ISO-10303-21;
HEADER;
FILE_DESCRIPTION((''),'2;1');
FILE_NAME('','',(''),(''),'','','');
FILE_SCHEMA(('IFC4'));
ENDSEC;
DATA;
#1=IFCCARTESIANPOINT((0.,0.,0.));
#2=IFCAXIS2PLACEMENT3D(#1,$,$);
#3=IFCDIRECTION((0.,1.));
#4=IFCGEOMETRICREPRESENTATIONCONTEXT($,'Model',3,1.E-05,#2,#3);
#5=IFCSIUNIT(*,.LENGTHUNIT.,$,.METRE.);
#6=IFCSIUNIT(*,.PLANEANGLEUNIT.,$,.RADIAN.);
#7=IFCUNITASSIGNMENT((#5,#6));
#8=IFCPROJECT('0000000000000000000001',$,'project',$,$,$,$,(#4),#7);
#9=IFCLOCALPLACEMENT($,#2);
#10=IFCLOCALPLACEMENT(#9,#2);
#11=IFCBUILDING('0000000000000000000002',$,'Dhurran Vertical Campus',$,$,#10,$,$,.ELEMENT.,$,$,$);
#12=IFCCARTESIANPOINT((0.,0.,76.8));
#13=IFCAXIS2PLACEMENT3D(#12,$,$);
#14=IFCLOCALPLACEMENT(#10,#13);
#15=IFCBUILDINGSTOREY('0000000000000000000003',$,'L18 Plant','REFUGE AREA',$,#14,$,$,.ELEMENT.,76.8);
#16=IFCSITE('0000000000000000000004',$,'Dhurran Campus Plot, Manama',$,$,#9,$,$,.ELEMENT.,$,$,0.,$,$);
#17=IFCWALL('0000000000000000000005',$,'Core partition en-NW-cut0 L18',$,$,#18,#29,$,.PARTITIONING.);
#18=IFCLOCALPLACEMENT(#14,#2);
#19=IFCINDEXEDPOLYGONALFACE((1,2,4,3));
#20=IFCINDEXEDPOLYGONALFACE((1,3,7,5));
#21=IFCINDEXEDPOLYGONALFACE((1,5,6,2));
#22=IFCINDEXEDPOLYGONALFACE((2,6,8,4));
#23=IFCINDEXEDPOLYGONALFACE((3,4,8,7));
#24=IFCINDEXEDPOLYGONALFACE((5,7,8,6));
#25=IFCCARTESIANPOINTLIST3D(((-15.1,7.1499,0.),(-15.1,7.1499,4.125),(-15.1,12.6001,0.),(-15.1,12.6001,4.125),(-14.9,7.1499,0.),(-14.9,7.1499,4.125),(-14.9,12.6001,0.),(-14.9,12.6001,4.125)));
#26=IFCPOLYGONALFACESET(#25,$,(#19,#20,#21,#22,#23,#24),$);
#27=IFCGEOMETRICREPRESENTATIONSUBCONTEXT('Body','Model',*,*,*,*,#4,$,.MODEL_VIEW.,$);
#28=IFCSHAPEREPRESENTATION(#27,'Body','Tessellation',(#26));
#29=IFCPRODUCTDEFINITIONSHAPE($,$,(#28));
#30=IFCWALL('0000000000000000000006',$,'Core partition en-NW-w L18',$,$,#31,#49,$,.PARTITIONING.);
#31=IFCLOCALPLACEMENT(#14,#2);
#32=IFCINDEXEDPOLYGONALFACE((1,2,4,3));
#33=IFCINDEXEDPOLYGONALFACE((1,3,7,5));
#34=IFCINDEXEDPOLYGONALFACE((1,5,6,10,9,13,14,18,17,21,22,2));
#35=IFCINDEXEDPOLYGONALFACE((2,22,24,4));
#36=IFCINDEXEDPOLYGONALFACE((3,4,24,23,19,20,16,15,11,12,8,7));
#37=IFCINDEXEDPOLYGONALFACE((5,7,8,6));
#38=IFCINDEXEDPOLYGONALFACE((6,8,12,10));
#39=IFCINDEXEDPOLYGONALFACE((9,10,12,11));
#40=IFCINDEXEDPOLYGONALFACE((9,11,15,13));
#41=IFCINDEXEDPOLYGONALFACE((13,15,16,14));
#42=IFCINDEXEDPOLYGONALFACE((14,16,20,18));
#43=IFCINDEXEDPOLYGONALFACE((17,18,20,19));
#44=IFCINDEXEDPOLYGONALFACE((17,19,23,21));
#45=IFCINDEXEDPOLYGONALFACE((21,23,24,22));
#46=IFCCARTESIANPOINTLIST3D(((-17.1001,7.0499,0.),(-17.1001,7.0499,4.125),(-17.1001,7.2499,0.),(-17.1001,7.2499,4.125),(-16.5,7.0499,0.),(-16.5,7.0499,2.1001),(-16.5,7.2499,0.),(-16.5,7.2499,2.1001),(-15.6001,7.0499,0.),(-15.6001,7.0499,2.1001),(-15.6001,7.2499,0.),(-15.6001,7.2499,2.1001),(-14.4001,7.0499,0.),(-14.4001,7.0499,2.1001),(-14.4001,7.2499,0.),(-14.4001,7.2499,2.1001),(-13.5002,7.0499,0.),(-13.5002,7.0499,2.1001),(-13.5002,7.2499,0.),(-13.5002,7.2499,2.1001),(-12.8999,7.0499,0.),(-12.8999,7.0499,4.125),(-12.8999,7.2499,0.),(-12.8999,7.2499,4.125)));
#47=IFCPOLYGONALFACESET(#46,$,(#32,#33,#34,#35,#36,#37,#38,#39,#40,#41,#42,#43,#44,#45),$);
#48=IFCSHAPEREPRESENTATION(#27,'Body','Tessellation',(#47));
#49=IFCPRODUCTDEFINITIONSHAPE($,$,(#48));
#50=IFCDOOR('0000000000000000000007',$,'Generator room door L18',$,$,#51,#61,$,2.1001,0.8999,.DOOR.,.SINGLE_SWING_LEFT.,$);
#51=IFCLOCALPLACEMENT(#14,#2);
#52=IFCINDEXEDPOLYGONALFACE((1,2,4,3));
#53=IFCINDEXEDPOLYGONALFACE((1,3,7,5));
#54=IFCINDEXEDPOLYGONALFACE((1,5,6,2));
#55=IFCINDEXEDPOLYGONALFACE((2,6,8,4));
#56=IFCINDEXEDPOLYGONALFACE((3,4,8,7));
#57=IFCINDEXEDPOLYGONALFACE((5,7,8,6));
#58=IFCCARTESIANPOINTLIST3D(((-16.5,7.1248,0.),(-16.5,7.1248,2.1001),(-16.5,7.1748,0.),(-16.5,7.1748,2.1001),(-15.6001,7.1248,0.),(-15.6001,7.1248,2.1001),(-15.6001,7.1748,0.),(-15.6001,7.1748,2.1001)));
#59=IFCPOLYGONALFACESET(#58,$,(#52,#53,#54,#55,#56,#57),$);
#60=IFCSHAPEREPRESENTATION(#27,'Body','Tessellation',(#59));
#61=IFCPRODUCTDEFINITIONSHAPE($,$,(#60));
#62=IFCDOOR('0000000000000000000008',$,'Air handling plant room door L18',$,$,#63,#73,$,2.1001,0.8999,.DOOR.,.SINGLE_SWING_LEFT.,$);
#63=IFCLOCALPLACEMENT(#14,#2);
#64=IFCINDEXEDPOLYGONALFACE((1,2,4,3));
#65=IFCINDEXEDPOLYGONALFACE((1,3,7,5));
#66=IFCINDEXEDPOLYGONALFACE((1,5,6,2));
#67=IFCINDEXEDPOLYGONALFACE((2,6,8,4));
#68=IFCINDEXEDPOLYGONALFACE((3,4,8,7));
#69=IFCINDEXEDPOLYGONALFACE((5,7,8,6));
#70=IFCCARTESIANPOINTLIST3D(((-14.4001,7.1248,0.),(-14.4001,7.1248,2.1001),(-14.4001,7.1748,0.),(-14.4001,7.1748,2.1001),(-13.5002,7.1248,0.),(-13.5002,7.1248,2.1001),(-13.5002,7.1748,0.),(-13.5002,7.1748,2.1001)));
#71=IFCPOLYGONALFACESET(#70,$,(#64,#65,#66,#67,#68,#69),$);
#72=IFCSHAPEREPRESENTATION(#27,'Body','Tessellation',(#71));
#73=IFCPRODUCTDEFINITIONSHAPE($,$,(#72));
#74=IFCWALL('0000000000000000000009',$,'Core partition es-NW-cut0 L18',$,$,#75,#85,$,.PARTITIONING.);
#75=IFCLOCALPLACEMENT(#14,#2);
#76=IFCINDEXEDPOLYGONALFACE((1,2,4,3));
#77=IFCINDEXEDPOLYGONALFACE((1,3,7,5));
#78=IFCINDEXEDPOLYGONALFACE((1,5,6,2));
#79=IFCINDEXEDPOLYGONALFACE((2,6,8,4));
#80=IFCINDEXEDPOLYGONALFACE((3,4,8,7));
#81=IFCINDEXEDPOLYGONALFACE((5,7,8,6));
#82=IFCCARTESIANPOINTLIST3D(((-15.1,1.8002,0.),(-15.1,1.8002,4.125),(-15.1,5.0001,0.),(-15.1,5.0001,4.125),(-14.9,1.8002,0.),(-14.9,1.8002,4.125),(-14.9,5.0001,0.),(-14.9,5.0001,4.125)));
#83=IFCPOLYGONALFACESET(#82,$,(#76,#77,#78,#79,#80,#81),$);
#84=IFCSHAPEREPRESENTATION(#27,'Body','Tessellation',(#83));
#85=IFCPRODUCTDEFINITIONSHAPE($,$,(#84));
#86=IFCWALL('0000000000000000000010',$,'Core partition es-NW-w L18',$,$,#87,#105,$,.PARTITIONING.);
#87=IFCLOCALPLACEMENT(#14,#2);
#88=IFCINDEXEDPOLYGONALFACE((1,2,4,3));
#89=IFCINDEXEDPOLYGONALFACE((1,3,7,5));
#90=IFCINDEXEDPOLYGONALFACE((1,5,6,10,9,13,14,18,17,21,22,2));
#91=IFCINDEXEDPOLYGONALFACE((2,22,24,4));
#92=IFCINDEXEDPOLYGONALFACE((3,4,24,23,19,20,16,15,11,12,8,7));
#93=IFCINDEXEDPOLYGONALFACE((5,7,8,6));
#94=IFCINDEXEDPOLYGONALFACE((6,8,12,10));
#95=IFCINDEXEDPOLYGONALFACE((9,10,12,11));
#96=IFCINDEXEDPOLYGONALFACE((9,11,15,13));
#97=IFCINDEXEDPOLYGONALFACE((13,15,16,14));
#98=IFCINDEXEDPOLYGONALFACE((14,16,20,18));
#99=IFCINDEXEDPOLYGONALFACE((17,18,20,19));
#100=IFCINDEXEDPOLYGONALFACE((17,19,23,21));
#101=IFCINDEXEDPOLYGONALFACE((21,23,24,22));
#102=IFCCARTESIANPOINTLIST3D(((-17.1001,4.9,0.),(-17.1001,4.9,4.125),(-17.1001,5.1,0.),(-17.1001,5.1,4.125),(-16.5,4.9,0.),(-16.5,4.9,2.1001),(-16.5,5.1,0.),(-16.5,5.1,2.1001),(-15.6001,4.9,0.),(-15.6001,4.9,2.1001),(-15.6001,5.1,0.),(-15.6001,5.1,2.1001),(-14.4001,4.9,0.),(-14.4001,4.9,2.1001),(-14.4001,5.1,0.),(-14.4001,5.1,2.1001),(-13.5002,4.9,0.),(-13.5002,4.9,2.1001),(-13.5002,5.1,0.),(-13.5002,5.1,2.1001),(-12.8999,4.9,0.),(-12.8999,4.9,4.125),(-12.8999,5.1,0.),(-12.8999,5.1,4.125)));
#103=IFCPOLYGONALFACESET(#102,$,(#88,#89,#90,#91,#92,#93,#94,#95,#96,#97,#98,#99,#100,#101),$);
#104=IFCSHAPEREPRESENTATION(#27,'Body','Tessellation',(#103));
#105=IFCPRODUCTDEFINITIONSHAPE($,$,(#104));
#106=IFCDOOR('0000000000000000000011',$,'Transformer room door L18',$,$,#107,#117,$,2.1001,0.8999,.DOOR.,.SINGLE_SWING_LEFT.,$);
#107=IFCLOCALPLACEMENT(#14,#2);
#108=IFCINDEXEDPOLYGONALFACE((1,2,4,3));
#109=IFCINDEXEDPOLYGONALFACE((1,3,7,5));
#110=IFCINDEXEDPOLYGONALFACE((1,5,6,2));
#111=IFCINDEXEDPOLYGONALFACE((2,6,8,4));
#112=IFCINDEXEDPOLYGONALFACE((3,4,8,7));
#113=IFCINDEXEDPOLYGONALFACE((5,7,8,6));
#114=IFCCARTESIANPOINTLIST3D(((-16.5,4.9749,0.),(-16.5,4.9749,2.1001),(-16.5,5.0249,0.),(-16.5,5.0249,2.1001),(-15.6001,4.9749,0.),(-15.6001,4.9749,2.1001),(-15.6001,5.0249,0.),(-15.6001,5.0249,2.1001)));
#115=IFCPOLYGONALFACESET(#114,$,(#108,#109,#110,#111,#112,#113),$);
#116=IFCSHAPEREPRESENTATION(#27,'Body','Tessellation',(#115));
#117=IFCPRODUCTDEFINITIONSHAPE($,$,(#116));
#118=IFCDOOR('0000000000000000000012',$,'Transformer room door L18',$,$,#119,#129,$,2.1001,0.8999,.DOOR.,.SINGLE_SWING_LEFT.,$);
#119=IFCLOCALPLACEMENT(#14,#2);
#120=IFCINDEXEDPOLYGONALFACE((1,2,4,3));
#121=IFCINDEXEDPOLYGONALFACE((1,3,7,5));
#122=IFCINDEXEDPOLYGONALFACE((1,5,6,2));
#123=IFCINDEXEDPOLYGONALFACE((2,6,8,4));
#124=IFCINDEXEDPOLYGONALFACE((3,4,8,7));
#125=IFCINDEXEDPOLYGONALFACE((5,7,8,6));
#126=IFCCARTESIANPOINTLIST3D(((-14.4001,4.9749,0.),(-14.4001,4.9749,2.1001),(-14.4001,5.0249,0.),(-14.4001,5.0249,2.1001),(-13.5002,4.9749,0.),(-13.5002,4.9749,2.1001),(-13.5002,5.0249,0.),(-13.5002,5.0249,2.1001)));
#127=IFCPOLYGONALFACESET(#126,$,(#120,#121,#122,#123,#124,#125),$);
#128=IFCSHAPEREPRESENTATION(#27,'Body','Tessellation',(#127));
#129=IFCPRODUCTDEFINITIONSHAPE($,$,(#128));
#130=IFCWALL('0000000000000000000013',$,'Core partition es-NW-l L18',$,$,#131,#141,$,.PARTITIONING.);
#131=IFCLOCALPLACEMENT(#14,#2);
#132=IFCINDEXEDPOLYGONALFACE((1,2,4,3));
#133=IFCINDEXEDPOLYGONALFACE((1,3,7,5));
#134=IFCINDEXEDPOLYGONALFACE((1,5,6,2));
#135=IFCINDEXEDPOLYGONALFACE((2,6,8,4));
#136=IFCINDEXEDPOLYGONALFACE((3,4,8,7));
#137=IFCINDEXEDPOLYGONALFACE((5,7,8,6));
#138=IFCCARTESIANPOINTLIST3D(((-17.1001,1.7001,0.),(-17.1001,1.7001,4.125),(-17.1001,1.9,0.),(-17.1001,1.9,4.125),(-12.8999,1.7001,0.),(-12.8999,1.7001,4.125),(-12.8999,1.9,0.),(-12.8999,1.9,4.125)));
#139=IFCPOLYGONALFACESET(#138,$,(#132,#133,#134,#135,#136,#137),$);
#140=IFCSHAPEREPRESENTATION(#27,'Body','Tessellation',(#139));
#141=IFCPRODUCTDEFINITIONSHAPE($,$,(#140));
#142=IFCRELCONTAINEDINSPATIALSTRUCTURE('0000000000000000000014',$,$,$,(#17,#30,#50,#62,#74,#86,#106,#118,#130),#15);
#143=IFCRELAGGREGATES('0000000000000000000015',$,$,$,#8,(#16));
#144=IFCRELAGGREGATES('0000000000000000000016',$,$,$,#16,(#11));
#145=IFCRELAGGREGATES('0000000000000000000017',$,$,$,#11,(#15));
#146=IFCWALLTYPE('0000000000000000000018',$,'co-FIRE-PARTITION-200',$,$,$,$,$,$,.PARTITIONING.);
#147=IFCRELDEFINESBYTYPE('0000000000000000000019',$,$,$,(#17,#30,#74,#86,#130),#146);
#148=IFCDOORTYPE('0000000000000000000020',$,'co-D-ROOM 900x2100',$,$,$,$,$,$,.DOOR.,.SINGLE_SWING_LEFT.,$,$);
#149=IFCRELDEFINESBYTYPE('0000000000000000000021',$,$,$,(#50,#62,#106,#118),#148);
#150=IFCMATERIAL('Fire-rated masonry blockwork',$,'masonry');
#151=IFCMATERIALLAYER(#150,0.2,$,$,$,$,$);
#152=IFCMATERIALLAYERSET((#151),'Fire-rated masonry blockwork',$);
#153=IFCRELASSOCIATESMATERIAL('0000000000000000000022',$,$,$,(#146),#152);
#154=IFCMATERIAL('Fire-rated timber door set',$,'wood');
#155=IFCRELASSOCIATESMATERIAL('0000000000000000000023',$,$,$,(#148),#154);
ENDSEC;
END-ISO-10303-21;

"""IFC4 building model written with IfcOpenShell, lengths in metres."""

from ifc_helpers import new_model, si_unit, direction, frame, frame_2d, origin, place, context, subcontext, project, spatial, rectangle, extrude, material, layer, layer_set, type_object, element, fill, save


model = new_model("IFC4")

# Units and contexts
model_context = context("Model", 3, precision=1e-05, world=origin(), true_north=direction((0.0, 1.0)))
body_context = subcontext(model_context, "Body", "Model", "MODEL_VIEW")
ifc_project = project(units=[si_unit("LENGTHUNIT", "METRE"), si_unit("PLANEANGLEUNIT", "RADIAN")], contexts=[model_context])

# Site, building, storey
site_placement = place(None, origin())
site = spatial("IfcSite", under=ifc_project, at=site_placement, Name="Dhurran Campus Plot, Manama", CompositionType="ELEMENT", RefElevation=0.0)
building_placement = place(site_placement, origin())
building = spatial("IfcBuilding", under=site, at=building_placement, Name="Dhurran Vertical Campus", CompositionType="ELEMENT")
storey_placement = place(building_placement, frame((0.0, 0.0, 76.8)))
storey = spatial("IfcBuildingStorey", under=building, at=storey_placement, Name="L18 Plant", Description="REFUGE AREA", CompositionType="ELEMENT", Elevation=76.8)

# Wall
ifc_material_1 = material(Name="Fire-rated masonry blockwork", Category="masonry")
ifc_layer_1 = layer(ifc_material_1, 0.2)
ifc_layer_set_1 = layer_set([ifc_layer_1], Name="Fire-rated masonry blockwork")
wall_type_1 = type_object("IfcWallType", Name="co-FIRE-PARTITION-200", PredefinedType="PARTITIONING", material=ifc_layer_set_1)
wall_1_placement = place(storey_placement, frame((-15.0, 7.1499, 0.0), z_axis=(0.0, 0.0, 1.0), x_axis=(0.0, 1.0, 0.0)))
element("IfcWall", 1, at=wall_1_placement, inside=storey, type_object=wall_type_1, Name="Core partition en-NW-cut0 L18", PredefinedType="PARTITIONING", context=body_context, shape_type="SweptSolid", body=[
    extrude(rectangle(XDim=5.4502, YDim=0.2, at=frame_2d((2.7251, 0.0))), origin(), (0.0, 0.0, 1.0), 4.125),
])

# Wall, openings, doors
wall_2_placement = place(storey_placement, frame((-17.1001, 7.1499, 0.0), z_axis=(0.0, 0.0, 1.0), x_axis=(1.0, 0.0, 0.0)))
wall_2 = element("IfcWall", 2, at=wall_2_placement, inside=storey, type_object=wall_type_1, Name="Core partition en-NW-w L18", PredefinedType="PARTITIONING", context=body_context, shape_type="SweptSolid", body=[
    extrude(rectangle(XDim=4.2002, YDim=0.2, at=frame_2d((2.1001, 0.0))), origin(), (0.0, 0.0, 1.0), 4.125),
])
opening_1_placement = place(wall_2_placement, frame((0.6001, 0.0, 0.0)))
opening_1 = element("IfcOpeningElement", 3, at=opening_1_placement, cuts=wall_2, PredefinedType="OPENING", context=body_context, shape_type="SweptSolid", body=[
    extrude(rectangle(XDim=0.8999, YDim=2.1001, at=frame_2d((0.45, 1.05))), frame((0.0, 0.1099, 0.0), z_axis=(0.0, -1.0, 0.0), x_axis=(1.0, 0.0, 0.0)), (0.0, 0.0, 1.0), 0.22),
])
opening_2_placement = place(wall_2_placement, frame((2.7, 0.0, 0.0)))
opening_2 = element("IfcOpeningElement", 4, at=opening_2_placement, cuts=wall_2, PredefinedType="OPENING", context=body_context, shape_type="SweptSolid", body=[
    extrude(rectangle(XDim=0.8999, YDim=2.1001, at=frame_2d((0.45, 1.05))), frame((0.0, 0.1099, 0.0), z_axis=(0.0, -1.0, 0.0), x_axis=(1.0, 0.0, 0.0)), (0.0, 0.0, 1.0), 0.22),
])
ifc_material_2 = material(Name="Fire-rated timber door set", Category="wood")
door_type_1 = type_object("IfcDoorType", Name="co-D-ROOM 900x2100", OperationType="SINGLE_SWING_LEFT", PredefinedType="DOOR", material=ifc_material_2)
door_1_placement = place(opening_1_placement, origin())
door_1 = element("IfcDoor", 5, at=door_1_placement, inside=storey, type_object=door_type_1, Name="Generator room door L18", OperationType="SINGLE_SWING_LEFT", OverallHeight=2.1001, OverallWidth=0.8999, PredefinedType="DOOR", context=body_context, shape_type="SweptSolid", body=[
    extrude(rectangle(XDim=0.8999, YDim=2.1001, at=frame_2d((0.45, 1.05))), frame((0.0, 0.0249, 0.0), z_axis=(0.0, -1.0, 0.0), x_axis=(1.0, 0.0, 0.0)), (0.0, 0.0, 1.0), 0.05),
])
fill(opening_1, door_1)
door_2_placement = place(opening_2_placement, origin())
door_2 = element("IfcDoor", 6, at=door_2_placement, inside=storey, type_object=door_type_1, Name="Air handling plant room door L18", OperationType="SINGLE_SWING_LEFT", OverallHeight=2.1001, OverallWidth=0.8999, PredefinedType="DOOR", context=body_context, shape_type="SweptSolid", body=[
    extrude(rectangle(XDim=0.8999, YDim=2.1001, at=frame_2d((0.45, 1.05))), frame((0.0, 0.0249, 0.0), z_axis=(0.0, -1.0, 0.0), x_axis=(1.0, 0.0, 0.0)), (0.0, 0.0, 1.0), 0.05),
])
fill(opening_2, door_2)

# Wall
wall_3_placement = place(storey_placement, frame((-15.0, 1.8, 0.0), z_axis=(0.0, 0.0, 1.0), x_axis=(0.0, 1.0, 0.0)))
element("IfcWall", 7, at=wall_3_placement, inside=storey, type_object=wall_type_1, Name="Core partition es-NW-cut0 L18", PredefinedType="PARTITIONING", context=body_context, shape_type="SweptSolid", body=[
    extrude(rectangle(XDim=3.2, YDim=0.2, at=frame_2d((1.6001, 0.0))), origin(), (0.0, 0.0, 1.0), 4.125),
])

# Wall, openings, doors
wall_4_placement = place(storey_placement, frame((-17.1001, 5.0, 0.0), z_axis=(0.0, 0.0, 1.0), x_axis=(1.0, 0.0, 0.0)))
wall_4 = element("IfcWall", 8, at=wall_4_placement, inside=storey, type_object=wall_type_1, Name="Core partition es-NW-w L18", PredefinedType="PARTITIONING", context=body_context, shape_type="SweptSolid", body=[
    extrude(rectangle(XDim=4.2002, YDim=0.2, at=frame_2d((2.1001, 0.0))), origin(), (0.0, 0.0, 1.0), 4.125),
])
opening_3_placement = place(wall_4_placement, frame((0.6001, 0.0, 0.0)))
opening_3 = element("IfcOpeningElement", 9, at=opening_3_placement, cuts=wall_4, PredefinedType="OPENING", context=body_context, shape_type="SweptSolid", body=[
    extrude(rectangle(XDim=0.8999, YDim=2.1001, at=frame_2d((0.45, 1.05))), frame((0.0, 0.1099, 0.0), z_axis=(0.0, -1.0, 0.0), x_axis=(1.0, 0.0, 0.0)), (0.0, 0.0, 1.0), 0.22),
])
opening_4_placement = place(wall_4_placement, frame((2.7, 0.0, 0.0)))
opening_4 = element("IfcOpeningElement", 10, at=opening_4_placement, cuts=wall_4, PredefinedType="OPENING", context=body_context, shape_type="SweptSolid", body=[
    extrude(rectangle(XDim=0.8999, YDim=2.1001, at=frame_2d((0.45, 1.05))), frame((0.0, 0.1099, 0.0), z_axis=(0.0, -1.0, 0.0), x_axis=(1.0, 0.0, 0.0)), (0.0, 0.0, 1.0), 0.22),
])
door_3_placement = place(opening_3_placement, origin())
door_3 = element("IfcDoor", 11, at=door_3_placement, inside=storey, type_object=door_type_1, Name="Transformer room door L18", OperationType="SINGLE_SWING_LEFT", OverallHeight=2.1001, OverallWidth=0.8999, PredefinedType="DOOR", context=body_context, shape_type="SweptSolid", body=[
    extrude(rectangle(XDim=0.8999, YDim=2.1001, at=frame_2d((0.45, 1.05))), frame((0.0, 0.0249, 0.0), z_axis=(0.0, -1.0, 0.0), x_axis=(1.0, 0.0, 0.0)), (0.0, 0.0, 1.0), 0.05),
])
fill(opening_3, door_3)
door_4_placement = place(opening_4_placement, origin())
door_4 = element("IfcDoor", 12, at=door_4_placement, inside=storey, type_object=door_type_1, Name="Transformer room door L18", OperationType="SINGLE_SWING_LEFT", OverallHeight=2.1001, OverallWidth=0.8999, PredefinedType="DOOR", context=body_context, shape_type="SweptSolid", body=[
    extrude(rectangle(XDim=0.8999, YDim=2.1001, at=frame_2d((0.45, 1.05))), frame((0.0, 0.0249, 0.0), z_axis=(0.0, -1.0, 0.0), x_axis=(1.0, 0.0, 0.0)), (0.0, 0.0, 1.0), 0.05),
])
fill(opening_4, door_4)

# Wall
wall_5_placement = place(storey_placement, frame((-17.1001, 1.8, 0.0), z_axis=(0.0, 0.0, 1.0), x_axis=(1.0, 0.0, 0.0)))
element("IfcWall", 13, at=wall_5_placement, inside=storey, type_object=wall_type_1, Name="Core partition es-NW-l L18", PredefinedType="PARTITIONING", context=body_context, shape_type="SweptSolid", body=[
    extrude(rectangle(XDim=4.2002, YDim=0.2, at=frame_2d((2.1001, 0.0))), origin(), (0.0, 0.0, 1.0), 4.125),
])

save(model, "model.ifc")
